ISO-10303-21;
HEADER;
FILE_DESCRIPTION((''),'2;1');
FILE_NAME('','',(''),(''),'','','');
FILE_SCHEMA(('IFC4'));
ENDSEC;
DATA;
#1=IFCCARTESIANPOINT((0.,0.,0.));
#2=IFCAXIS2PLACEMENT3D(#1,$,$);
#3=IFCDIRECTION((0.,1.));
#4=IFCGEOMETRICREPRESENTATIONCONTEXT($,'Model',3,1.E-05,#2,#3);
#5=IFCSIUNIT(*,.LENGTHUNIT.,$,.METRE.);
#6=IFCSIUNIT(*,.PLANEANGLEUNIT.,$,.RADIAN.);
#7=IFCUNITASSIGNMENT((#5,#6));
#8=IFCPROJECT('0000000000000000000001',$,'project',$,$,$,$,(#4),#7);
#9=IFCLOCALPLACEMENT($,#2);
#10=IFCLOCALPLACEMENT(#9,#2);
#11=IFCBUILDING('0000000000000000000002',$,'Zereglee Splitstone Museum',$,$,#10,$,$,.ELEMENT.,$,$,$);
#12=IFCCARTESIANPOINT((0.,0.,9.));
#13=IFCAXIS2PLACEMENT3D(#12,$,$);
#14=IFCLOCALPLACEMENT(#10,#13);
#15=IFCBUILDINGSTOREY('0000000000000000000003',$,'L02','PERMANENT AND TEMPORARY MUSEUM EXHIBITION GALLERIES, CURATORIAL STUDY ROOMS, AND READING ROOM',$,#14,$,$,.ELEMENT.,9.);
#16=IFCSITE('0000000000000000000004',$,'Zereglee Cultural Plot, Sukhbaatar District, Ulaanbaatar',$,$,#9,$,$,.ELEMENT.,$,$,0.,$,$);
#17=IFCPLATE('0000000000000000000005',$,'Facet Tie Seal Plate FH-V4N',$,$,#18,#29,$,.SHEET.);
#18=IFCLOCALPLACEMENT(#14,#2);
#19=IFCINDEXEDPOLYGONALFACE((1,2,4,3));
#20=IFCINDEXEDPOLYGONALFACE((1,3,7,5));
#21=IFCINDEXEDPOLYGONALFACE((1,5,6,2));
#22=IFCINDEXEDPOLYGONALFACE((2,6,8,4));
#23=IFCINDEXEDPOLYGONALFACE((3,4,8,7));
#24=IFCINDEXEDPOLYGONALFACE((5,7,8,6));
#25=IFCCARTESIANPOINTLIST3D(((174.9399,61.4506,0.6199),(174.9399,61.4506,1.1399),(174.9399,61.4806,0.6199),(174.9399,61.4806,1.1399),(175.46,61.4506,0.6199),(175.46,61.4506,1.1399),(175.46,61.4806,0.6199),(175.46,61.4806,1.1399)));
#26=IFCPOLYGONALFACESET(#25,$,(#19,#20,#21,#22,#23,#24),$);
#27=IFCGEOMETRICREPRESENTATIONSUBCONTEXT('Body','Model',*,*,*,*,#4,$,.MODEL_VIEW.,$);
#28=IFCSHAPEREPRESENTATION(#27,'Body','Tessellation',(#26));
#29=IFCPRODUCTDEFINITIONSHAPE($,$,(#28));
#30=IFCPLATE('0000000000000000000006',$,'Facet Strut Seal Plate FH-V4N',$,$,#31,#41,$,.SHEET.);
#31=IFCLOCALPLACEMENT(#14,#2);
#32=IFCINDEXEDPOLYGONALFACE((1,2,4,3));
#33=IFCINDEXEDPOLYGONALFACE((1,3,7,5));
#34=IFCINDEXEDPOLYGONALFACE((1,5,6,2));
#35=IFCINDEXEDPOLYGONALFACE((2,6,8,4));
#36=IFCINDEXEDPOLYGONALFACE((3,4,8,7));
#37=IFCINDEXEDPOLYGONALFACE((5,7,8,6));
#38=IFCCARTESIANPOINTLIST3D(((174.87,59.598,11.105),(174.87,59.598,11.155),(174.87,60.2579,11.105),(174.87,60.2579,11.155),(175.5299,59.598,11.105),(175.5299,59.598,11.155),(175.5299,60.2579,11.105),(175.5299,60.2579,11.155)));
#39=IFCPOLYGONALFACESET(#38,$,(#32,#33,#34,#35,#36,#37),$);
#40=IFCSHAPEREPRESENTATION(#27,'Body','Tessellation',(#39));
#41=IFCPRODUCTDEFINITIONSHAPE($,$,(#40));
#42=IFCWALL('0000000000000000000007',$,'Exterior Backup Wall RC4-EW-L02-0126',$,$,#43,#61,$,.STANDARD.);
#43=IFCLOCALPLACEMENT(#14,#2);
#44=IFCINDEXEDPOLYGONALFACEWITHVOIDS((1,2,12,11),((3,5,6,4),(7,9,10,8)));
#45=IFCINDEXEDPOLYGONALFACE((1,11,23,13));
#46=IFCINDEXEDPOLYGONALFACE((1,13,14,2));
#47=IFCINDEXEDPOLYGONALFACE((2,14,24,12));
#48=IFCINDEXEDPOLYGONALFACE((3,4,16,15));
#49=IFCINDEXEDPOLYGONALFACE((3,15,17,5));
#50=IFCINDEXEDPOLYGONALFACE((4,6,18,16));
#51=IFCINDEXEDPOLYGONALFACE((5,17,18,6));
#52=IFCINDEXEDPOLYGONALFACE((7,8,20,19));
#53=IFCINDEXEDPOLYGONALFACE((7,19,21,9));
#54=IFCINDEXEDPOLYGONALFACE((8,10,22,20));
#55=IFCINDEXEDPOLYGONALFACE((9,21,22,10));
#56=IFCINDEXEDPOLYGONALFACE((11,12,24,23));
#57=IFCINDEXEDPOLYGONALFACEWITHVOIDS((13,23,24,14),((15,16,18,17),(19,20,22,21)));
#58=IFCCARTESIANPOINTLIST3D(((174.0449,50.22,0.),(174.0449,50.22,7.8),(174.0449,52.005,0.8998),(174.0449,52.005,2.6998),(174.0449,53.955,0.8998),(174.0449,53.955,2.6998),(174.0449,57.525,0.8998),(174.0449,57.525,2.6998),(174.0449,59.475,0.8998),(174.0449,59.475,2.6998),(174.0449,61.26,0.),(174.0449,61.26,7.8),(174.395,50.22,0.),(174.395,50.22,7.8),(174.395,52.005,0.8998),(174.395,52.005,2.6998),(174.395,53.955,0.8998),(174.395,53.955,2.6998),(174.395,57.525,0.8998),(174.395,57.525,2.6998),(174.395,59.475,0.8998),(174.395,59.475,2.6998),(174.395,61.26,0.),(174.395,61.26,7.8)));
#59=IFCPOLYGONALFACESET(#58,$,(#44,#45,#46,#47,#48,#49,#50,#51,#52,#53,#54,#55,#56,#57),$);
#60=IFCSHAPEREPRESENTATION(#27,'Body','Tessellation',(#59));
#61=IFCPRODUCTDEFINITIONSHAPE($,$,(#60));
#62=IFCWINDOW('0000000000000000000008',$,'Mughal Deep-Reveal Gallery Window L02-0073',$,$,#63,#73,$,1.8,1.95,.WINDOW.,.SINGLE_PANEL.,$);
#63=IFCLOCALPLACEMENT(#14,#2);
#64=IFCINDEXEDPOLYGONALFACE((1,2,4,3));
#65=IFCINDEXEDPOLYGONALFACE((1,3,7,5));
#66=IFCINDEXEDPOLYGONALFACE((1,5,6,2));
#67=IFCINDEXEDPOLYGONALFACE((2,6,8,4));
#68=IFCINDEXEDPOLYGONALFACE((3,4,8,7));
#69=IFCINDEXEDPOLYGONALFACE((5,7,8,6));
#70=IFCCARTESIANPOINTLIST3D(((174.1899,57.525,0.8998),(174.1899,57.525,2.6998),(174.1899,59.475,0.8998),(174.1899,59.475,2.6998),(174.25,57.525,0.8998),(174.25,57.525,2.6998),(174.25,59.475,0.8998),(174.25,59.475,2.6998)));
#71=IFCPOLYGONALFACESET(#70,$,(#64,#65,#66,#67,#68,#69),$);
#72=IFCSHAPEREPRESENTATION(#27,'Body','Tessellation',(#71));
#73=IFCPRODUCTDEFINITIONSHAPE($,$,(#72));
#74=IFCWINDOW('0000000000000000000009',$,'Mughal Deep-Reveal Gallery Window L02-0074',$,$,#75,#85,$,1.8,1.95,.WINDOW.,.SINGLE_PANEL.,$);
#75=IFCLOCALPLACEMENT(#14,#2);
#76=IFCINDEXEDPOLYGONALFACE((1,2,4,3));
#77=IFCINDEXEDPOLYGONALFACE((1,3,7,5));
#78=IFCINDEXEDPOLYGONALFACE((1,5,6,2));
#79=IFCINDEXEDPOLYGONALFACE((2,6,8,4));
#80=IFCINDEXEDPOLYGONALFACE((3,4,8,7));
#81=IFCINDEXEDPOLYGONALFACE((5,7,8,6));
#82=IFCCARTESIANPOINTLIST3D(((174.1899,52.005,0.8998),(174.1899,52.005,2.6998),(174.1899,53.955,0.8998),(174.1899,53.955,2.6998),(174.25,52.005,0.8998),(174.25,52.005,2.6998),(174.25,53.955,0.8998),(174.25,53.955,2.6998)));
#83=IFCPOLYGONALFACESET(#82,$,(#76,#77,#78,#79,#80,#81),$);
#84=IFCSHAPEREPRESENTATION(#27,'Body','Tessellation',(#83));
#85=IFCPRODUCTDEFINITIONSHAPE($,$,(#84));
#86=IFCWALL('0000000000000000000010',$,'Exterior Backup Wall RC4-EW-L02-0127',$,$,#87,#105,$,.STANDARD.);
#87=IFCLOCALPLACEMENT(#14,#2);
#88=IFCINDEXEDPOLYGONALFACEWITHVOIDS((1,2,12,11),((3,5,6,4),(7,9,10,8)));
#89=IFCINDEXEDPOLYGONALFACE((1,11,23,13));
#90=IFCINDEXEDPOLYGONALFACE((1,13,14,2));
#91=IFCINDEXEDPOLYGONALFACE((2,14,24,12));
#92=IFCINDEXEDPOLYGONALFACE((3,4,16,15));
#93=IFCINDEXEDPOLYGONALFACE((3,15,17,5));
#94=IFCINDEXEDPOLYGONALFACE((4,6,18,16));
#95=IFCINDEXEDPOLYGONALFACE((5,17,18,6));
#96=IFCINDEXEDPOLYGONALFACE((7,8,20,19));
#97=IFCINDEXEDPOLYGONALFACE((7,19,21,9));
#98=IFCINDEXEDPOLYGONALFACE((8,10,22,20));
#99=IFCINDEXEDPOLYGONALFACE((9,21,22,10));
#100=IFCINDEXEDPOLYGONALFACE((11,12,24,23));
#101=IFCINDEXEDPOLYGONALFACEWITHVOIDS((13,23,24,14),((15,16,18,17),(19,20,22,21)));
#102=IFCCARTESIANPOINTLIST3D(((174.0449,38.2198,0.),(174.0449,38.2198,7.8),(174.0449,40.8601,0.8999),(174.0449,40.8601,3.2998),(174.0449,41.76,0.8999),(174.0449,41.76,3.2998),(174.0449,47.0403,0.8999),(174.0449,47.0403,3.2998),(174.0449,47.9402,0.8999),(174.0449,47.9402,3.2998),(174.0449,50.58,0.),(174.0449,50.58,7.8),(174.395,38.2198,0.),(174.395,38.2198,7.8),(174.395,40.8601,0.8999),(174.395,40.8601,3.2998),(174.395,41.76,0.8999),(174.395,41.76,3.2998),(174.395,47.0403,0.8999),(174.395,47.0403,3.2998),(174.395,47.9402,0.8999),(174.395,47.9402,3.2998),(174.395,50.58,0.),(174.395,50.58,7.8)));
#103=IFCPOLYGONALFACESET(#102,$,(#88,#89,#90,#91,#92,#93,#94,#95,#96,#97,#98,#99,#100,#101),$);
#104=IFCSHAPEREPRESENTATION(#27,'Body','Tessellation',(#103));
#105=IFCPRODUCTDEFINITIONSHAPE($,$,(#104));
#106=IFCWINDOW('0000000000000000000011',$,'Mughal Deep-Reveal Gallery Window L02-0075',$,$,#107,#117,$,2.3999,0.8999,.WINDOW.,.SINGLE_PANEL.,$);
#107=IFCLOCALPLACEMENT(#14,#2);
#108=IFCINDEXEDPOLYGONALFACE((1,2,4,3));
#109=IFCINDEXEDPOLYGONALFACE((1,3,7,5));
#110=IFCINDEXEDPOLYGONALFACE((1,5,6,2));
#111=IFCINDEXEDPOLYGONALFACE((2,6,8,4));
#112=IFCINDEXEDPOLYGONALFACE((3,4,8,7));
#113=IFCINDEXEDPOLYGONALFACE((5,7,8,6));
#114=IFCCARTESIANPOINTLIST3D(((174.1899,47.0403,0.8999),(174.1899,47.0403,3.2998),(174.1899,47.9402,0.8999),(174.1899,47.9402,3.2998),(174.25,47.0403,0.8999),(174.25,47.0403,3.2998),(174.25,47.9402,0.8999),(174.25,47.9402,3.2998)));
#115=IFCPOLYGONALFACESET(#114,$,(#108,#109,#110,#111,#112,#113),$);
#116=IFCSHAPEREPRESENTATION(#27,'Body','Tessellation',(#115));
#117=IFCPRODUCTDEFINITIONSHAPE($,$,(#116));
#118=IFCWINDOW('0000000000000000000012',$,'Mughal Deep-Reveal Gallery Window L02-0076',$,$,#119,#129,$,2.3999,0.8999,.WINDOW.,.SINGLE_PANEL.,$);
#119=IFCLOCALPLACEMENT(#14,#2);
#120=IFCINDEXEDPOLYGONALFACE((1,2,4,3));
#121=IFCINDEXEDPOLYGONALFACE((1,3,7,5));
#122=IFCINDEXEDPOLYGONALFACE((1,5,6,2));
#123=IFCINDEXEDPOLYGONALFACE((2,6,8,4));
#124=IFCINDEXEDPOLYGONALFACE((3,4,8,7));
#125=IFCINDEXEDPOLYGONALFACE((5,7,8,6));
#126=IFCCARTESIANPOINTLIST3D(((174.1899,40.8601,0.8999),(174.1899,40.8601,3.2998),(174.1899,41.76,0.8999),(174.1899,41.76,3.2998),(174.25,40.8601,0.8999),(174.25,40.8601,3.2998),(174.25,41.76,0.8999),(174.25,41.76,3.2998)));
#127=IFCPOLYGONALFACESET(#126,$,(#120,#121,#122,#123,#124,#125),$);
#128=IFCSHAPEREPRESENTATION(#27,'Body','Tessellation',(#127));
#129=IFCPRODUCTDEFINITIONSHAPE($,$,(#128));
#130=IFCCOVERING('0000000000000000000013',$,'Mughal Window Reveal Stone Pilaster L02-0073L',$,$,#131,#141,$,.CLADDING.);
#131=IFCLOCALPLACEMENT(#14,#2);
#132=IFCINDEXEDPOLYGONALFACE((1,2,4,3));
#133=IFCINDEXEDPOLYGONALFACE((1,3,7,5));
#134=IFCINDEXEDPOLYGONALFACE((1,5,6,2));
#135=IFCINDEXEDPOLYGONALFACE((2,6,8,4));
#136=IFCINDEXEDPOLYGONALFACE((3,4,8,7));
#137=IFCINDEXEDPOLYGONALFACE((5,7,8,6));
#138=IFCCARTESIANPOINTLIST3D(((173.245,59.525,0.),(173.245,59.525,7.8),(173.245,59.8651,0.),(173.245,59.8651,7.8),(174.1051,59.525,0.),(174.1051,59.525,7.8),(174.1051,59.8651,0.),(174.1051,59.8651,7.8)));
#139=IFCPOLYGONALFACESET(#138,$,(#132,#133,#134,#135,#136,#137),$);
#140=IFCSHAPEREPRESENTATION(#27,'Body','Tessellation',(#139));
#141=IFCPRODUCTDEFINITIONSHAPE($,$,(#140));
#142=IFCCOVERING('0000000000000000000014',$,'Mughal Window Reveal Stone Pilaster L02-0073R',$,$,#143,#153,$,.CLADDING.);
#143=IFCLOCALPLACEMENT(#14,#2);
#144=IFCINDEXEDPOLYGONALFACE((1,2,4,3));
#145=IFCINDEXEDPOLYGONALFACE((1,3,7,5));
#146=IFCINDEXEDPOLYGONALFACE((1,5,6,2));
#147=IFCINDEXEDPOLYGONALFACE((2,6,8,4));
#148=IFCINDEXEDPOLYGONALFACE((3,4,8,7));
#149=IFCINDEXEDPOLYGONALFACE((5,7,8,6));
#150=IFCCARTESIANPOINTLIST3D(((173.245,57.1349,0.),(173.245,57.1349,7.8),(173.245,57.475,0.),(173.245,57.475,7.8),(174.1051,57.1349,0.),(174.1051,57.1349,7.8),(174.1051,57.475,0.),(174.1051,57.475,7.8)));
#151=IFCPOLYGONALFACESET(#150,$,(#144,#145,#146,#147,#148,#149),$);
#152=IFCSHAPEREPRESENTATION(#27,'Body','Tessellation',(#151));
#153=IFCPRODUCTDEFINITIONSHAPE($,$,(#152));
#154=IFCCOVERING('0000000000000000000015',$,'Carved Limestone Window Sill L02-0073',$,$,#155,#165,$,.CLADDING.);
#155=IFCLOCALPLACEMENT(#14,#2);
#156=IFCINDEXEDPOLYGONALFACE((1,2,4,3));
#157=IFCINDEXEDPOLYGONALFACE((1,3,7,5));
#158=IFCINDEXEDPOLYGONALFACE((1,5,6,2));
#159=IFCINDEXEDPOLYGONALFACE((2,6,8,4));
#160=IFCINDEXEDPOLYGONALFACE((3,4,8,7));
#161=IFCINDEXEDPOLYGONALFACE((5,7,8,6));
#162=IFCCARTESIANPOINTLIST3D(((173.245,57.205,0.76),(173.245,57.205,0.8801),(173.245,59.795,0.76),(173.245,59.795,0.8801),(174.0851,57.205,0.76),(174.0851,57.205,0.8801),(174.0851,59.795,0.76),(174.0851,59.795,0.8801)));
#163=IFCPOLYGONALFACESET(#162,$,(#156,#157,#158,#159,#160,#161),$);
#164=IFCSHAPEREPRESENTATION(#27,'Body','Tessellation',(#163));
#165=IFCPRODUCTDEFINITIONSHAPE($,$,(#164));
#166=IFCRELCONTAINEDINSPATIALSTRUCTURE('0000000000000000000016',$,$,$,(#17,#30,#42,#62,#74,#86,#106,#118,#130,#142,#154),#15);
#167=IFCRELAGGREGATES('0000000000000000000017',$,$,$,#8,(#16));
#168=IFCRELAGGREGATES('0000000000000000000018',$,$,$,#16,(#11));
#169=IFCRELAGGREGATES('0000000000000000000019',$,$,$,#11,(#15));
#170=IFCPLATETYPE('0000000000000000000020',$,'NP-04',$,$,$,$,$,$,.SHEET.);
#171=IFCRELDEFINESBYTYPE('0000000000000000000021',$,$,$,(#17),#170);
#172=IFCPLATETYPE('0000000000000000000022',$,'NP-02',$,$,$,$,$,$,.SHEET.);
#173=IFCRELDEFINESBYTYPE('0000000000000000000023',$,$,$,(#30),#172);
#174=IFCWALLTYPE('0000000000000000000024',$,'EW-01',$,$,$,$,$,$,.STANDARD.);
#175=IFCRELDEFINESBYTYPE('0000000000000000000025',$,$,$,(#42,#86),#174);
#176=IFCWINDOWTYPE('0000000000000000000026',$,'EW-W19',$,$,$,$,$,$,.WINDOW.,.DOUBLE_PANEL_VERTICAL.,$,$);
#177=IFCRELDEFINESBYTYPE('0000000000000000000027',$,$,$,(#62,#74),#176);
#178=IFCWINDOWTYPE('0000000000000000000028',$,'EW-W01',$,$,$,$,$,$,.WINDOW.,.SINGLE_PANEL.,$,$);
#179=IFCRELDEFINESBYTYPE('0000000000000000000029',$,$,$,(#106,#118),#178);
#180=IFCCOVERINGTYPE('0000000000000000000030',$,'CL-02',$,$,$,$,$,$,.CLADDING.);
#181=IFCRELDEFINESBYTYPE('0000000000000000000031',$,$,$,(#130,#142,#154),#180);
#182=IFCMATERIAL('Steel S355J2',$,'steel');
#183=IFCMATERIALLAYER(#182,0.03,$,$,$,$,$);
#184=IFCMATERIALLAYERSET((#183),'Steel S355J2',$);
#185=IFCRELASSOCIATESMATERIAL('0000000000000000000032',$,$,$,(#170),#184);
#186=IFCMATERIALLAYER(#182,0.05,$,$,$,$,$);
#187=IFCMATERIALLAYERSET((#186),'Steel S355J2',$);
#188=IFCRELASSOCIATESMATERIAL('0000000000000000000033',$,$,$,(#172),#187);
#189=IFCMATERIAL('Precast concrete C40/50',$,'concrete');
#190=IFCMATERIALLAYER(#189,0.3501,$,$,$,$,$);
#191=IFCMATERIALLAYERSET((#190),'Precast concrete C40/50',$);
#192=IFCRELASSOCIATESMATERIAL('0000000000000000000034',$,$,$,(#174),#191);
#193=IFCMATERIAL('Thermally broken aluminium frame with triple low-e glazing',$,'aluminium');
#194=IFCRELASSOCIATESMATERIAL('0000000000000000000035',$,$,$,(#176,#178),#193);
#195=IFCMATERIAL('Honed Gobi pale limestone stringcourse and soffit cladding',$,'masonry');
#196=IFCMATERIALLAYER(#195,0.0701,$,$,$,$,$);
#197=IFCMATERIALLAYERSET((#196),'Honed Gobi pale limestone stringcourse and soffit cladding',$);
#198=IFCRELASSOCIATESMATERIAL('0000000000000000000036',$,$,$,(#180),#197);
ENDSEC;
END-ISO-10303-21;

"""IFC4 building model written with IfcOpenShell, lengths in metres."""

from ifc_helpers import new_model, si_unit, direction, frame, frame_2d, origin, origin_2d, place, context, subcontext, project, spatial, rectangle, extrude, material, layer, layer_set, type_object, element, fill, save


model = new_model("IFC4")

# Units and contexts
model_context = context("Model", 3, precision=1e-05, world=origin(), true_north=direction((0.0, 1.0)))
body_context = subcontext(model_context, "Body", "Model", "MODEL_VIEW")
ifc_project = project(units=[si_unit("LENGTHUNIT", "METRE"), si_unit("PLANEANGLEUNIT", "RADIAN")], contexts=[model_context])

# Site, building, storey
site_placement = place(None, origin())
site = spatial("IfcSite", under=ifc_project, at=site_placement, Name="Zereglee Cultural Plot, Sukhbaatar District, Ulaanbaatar", CompositionType="ELEMENT", RefElevation=0.0)
building_placement = place(site_placement, origin())
building = spatial("IfcBuilding", under=site, at=building_placement, Name="Zereglee Splitstone Museum", CompositionType="ELEMENT")
storey_placement = place(building_placement, frame((0.0, 0.0, 9.0)))
storey = spatial("IfcBuildingStorey", under=building, at=storey_placement, Name="L02", Description="PERMANENT AND TEMPORARY MUSEUM EXHIBITION GALLERIES, CURATORIAL STUDY ROOMS, AND READING ROOM", CompositionType="ELEMENT", Elevation=9.0)

# Shared definitions
ifc_material_1 = material(Name="Steel S355J2", Category="steel")

# Plates
ifc_layer_1 = layer(ifc_material_1, 0.03)
ifc_layer_set_1 = layer_set([ifc_layer_1], Name="Steel S355J2")
plate_type_1 = type_object("IfcPlateType", Name="NP-04", PredefinedType="SHEET", material=ifc_layer_set_1)
plate_1_placement = place(storey_placement, frame((175.2, 61.4656, 0.6199), z_axis=(0.0, 0.0, 1.0), x_axis=(1.0, 0.0, 0.0)))
element("IfcPlate", 1, at=plate_1_placement, inside=storey, type_object=plate_type_1, Name="Facet Tie Seal Plate FH-V4N", PredefinedType="SHEET", context=body_context, shape_type="SweptSolid", body=[
    extrude(rectangle(XDim=0.52, YDim=0.03, at=origin_2d()), origin(), (0.0, 0.0, 1.0), 0.52),
])
ifc_layer_2 = layer(ifc_material_1, 0.05)
ifc_layer_set_2 = layer_set([ifc_layer_2], Name="Steel S355J2")
plate_type_2 = type_object("IfcPlateType", Name="NP-02", PredefinedType="SHEET", material=ifc_layer_set_2)
plate_2_placement = place(storey_placement, frame((175.2, 59.928, 11.105), z_axis=(0.0, 0.0, 1.0), x_axis=(1.0, 0.0, 0.0)))
element("IfcPlate", 2, at=plate_2_placement, inside=storey, type_object=plate_type_2, Name="Facet Strut Seal Plate FH-V4N", PredefinedType="SHEET", context=body_context, shape_type="SweptSolid", body=[
    extrude(rectangle(XDim=0.6599, YDim=0.6599, at=origin_2d()), origin(), (0.0, 0.0, 1.0), 0.05),
])

# Walls, openings, windows
ifc_material_2 = material(Name="Precast concrete C40/50", Category="concrete")
ifc_layer_3 = layer(ifc_material_2, 0.3501)
ifc_layer_set_3 = layer_set([ifc_layer_3], Name="Precast concrete C40/50")
wall_type = type_object("IfcWallType", Name="EW-01", PredefinedType="STANDARD", material=ifc_layer_set_3)
wall_1_placement = place(storey_placement, frame((174.22, 61.26, 0.0), z_axis=(0.0, 0.0, 1.0), x_axis=(0.0, -1.0, 0.0)))
wall_1 = element("IfcWall", 3, at=wall_1_placement, inside=storey, type_object=wall_type, Name="Exterior Backup Wall RC4-EW-L02-0126", PredefinedType="STANDARD", context=body_context, shape_type="SweptSolid", body=[
    extrude(rectangle(XDim=11.04, YDim=0.3501, at=frame_2d((5.52, 0.0))), origin(), (0.0, 0.0, 1.0), 7.8),
])
opening_1_placement = place(wall_1_placement, frame((1.7849, 0.0, 0.8999)))
opening_1 = element("IfcOpeningElement", 4, at=opening_1_placement, cuts=wall_1, PredefinedType="OPENING", context=body_context, shape_type="SweptSolid", body=[
    extrude(rectangle(XDim=1.95, YDim=1.8, at=frame_2d((0.9751, 0.8999))), frame((0.0, 0.1899, 0.0), z_axis=(0.0, -1.0, 0.0), x_axis=(1.0, 0.0, 0.0)), (0.0, 0.0, 1.0), 0.3799),
])
opening_2_placement = place(wall_1_placement, frame((7.3049, 0.0, 0.8999)))
opening_2 = element("IfcOpeningElement", 5, at=opening_2_placement, cuts=wall_1, PredefinedType="OPENING", context=body_context, shape_type="SweptSolid", body=[
    extrude(rectangle(XDim=1.95, YDim=1.8, at=frame_2d((0.9751, 0.8999))), frame((0.0, 0.1899, 0.0), z_axis=(0.0, -1.0, 0.0), x_axis=(1.0, 0.0, 0.0)), (0.0, 0.0, 1.0), 0.3799),
])
ifc_material_3 = material(Name="Thermally broken aluminium frame with triple low-e glazing", Category="aluminium")
window_type_1 = type_object("IfcWindowType", Name="EW-W19", PartitioningType="DOUBLE_PANEL_VERTICAL", PredefinedType="WINDOW", material=ifc_material_3)
window_1_placement = place(opening_1_placement, origin())
window_1 = element("IfcWindow", 6, at=window_1_placement, inside=storey, type_object=window_type_1, Name="Mughal Deep-Reveal Gallery Window L02-0073", OverallHeight=1.8, OverallWidth=1.95, PartitioningType="SINGLE_PANEL", PredefinedType="WINDOW", context=body_context, shape_type="SweptSolid", body=[
    extrude(rectangle(XDim=1.95, YDim=1.8, at=frame_2d((0.9751, 0.8999))), frame((0.0, 0.03, 0.0), z_axis=(0.0, -1.0, 0.0), x_axis=(1.0, 0.0, 0.0)), (0.0, 0.0, 1.0), 0.0601),
])
fill(opening_1, window_1)
window_2_placement = place(opening_2_placement, origin())
window_2 = element("IfcWindow", 7, at=window_2_placement, inside=storey, type_object=window_type_1, Name="Mughal Deep-Reveal Gallery Window L02-0074", OverallHeight=1.8, OverallWidth=1.95, PartitioningType="SINGLE_PANEL", PredefinedType="WINDOW", context=body_context, shape_type="SweptSolid", body=[
    extrude(rectangle(XDim=1.95, YDim=1.8, at=frame_2d((0.9751, 0.8999))), frame((0.0, 0.03, 0.0), z_axis=(0.0, -1.0, 0.0), x_axis=(1.0, 0.0, 0.0)), (0.0, 0.0, 1.0), 0.0601),
])
fill(opening_2, window_2)
wall_2_placement = place(storey_placement, frame((174.22, 50.5801, 0.0), z_axis=(0.0, 0.0, 1.0), x_axis=(0.0, -1.0, 0.0)))
wall_2 = element("IfcWall", 8, at=wall_2_placement, inside=storey, type_object=wall_type, Name="Exterior Backup Wall RC4-EW-L02-0127", PredefinedType="STANDARD", context=body_context, shape_type="SweptSolid", body=[
    extrude(rectangle(XDim=12.3601, YDim=0.3501, at=frame_2d((6.1802, 0.0))), origin(), (0.0, 0.0, 1.0), 7.8),
])
opening_3_placement = place(wall_2_placement, frame((2.6399, 0.0, 0.8999)))
opening_3 = element("IfcOpeningElement", 9, at=opening_3_placement, cuts=wall_2, PredefinedType="OPENING", context=body_context, shape_type="SweptSolid", body=[
    extrude(rectangle(XDim=0.8999, YDim=2.3999, at=frame_2d((0.45, 1.2))), frame((0.0, 0.1899, 0.0), z_axis=(0.0, -1.0, 0.0), x_axis=(1.0, 0.0, 0.0)), (0.0, 0.0, 1.0), 0.3799),
])
opening_4_placement = place(wall_2_placement, frame((8.8201, 0.0, 0.8999)))
opening_4 = element("IfcOpeningElement", 10, at=opening_4_placement, cuts=wall_2, PredefinedType="OPENING", context=body_context, shape_type="SweptSolid", body=[
    extrude(rectangle(XDim=0.8999, YDim=2.3999, at=frame_2d((0.45, 1.2))), frame((0.0, 0.1899, 0.0), z_axis=(0.0, -1.0, 0.0), x_axis=(1.0, 0.0, 0.0)), (0.0, 0.0, 1.0), 0.3799),
])
window_type_2 = type_object("IfcWindowType", Name="EW-W01", PartitioningType="SINGLE_PANEL", PredefinedType="WINDOW", material=ifc_material_3)
window_3_placement = place(opening_3_placement, origin())
window_3 = element("IfcWindow", 11, at=window_3_placement, inside=storey, type_object=window_type_2, Name="Mughal Deep-Reveal Gallery Window L02-0075", OverallHeight=2.3999, OverallWidth=0.8999, PartitioningType="SINGLE_PANEL", PredefinedType="WINDOW", context=body_context, shape_type="SweptSolid", body=[
    extrude(rectangle(XDim=0.8999, YDim=2.3999, at=frame_2d((0.45, 1.2))), frame((0.0, 0.03, 0.0), z_axis=(0.0, -1.0, 0.0), x_axis=(1.0, 0.0, 0.0)), (0.0, 0.0, 1.0), 0.0601),
])
fill(opening_3, window_3)
window_4_placement = place(opening_4_placement, origin())
window_4 = element("IfcWindow", 12, at=window_4_placement, inside=storey, type_object=window_type_2, Name="Mughal Deep-Reveal Gallery Window L02-0076", OverallHeight=2.3999, OverallWidth=0.8999, PartitioningType="SINGLE_PANEL", PredefinedType="WINDOW", context=body_context, shape_type="SweptSolid", body=[
    extrude(rectangle(XDim=0.8999, YDim=2.3999, at=frame_2d((0.45, 1.2))), frame((0.0, 0.03, 0.0), z_axis=(0.0, -1.0, 0.0), x_axis=(1.0, 0.0, 0.0)), (0.0, 0.0, 1.0), 0.0601),
])
fill(opening_4, window_4)

# Coverings
ifc_material_4 = material(Name="Honed Gobi pale limestone stringcourse and soffit cladding", Category="masonry")
ifc_layer_4 = layer(ifc_material_4, 0.0701)
ifc_layer_set_4 = layer_set([ifc_layer_4], Name="Honed Gobi pale limestone stringcourse and soffit cladding")
covering_type_1 = type_object("IfcCoveringType", Name="CL-02", PredefinedType="CLADDING", material=ifc_layer_set_4)
for number, where, z_axis, x_axis, name in (
    (13, (173.675, 59.6951, 0.0), (0.0, 0.0, 1.0), (0.0, -1.0, 0.0), "Mughal Window Reveal Stone Pilaster L02-0073L"),
    (14, (173.675, 57.3049, 0.0), (0.0, 0.0, 1.0), (0.0, -1.0, 0.0), "Mughal Window Reveal Stone Pilaster L02-0073R"),
):
    element("IfcCovering", number, at=place(storey_placement, frame(where, z_axis=z_axis, x_axis=x_axis)), inside=storey, type_object=covering_type_1, Name=name, PredefinedType="CLADDING", context=body_context, shape_type="SweptSolid", body=[
        extrude(rectangle(XDim=0.3401, YDim=0.8601, at=origin_2d()), origin(), (0.0, 0.0, 1.0), 7.8),
    ])
covering_1_placement = place(storey_placement, frame((173.665, 58.5, 0.76), z_axis=(0.0, 0.0, 1.0), x_axis=(0.0, -1.0, 0.0)))
element("IfcCovering", 15, at=covering_1_placement, inside=storey, type_object=covering_type_1, Name="Carved Limestone Window Sill L02-0073", PredefinedType="CLADDING", context=body_context, shape_type="SweptSolid", body=[
    extrude(rectangle(XDim=2.5901, YDim=0.8401, at=origin_2d()), origin(), (0.0, 0.0, 1.0), 0.1201),
])

save(model, "model.ifc")
